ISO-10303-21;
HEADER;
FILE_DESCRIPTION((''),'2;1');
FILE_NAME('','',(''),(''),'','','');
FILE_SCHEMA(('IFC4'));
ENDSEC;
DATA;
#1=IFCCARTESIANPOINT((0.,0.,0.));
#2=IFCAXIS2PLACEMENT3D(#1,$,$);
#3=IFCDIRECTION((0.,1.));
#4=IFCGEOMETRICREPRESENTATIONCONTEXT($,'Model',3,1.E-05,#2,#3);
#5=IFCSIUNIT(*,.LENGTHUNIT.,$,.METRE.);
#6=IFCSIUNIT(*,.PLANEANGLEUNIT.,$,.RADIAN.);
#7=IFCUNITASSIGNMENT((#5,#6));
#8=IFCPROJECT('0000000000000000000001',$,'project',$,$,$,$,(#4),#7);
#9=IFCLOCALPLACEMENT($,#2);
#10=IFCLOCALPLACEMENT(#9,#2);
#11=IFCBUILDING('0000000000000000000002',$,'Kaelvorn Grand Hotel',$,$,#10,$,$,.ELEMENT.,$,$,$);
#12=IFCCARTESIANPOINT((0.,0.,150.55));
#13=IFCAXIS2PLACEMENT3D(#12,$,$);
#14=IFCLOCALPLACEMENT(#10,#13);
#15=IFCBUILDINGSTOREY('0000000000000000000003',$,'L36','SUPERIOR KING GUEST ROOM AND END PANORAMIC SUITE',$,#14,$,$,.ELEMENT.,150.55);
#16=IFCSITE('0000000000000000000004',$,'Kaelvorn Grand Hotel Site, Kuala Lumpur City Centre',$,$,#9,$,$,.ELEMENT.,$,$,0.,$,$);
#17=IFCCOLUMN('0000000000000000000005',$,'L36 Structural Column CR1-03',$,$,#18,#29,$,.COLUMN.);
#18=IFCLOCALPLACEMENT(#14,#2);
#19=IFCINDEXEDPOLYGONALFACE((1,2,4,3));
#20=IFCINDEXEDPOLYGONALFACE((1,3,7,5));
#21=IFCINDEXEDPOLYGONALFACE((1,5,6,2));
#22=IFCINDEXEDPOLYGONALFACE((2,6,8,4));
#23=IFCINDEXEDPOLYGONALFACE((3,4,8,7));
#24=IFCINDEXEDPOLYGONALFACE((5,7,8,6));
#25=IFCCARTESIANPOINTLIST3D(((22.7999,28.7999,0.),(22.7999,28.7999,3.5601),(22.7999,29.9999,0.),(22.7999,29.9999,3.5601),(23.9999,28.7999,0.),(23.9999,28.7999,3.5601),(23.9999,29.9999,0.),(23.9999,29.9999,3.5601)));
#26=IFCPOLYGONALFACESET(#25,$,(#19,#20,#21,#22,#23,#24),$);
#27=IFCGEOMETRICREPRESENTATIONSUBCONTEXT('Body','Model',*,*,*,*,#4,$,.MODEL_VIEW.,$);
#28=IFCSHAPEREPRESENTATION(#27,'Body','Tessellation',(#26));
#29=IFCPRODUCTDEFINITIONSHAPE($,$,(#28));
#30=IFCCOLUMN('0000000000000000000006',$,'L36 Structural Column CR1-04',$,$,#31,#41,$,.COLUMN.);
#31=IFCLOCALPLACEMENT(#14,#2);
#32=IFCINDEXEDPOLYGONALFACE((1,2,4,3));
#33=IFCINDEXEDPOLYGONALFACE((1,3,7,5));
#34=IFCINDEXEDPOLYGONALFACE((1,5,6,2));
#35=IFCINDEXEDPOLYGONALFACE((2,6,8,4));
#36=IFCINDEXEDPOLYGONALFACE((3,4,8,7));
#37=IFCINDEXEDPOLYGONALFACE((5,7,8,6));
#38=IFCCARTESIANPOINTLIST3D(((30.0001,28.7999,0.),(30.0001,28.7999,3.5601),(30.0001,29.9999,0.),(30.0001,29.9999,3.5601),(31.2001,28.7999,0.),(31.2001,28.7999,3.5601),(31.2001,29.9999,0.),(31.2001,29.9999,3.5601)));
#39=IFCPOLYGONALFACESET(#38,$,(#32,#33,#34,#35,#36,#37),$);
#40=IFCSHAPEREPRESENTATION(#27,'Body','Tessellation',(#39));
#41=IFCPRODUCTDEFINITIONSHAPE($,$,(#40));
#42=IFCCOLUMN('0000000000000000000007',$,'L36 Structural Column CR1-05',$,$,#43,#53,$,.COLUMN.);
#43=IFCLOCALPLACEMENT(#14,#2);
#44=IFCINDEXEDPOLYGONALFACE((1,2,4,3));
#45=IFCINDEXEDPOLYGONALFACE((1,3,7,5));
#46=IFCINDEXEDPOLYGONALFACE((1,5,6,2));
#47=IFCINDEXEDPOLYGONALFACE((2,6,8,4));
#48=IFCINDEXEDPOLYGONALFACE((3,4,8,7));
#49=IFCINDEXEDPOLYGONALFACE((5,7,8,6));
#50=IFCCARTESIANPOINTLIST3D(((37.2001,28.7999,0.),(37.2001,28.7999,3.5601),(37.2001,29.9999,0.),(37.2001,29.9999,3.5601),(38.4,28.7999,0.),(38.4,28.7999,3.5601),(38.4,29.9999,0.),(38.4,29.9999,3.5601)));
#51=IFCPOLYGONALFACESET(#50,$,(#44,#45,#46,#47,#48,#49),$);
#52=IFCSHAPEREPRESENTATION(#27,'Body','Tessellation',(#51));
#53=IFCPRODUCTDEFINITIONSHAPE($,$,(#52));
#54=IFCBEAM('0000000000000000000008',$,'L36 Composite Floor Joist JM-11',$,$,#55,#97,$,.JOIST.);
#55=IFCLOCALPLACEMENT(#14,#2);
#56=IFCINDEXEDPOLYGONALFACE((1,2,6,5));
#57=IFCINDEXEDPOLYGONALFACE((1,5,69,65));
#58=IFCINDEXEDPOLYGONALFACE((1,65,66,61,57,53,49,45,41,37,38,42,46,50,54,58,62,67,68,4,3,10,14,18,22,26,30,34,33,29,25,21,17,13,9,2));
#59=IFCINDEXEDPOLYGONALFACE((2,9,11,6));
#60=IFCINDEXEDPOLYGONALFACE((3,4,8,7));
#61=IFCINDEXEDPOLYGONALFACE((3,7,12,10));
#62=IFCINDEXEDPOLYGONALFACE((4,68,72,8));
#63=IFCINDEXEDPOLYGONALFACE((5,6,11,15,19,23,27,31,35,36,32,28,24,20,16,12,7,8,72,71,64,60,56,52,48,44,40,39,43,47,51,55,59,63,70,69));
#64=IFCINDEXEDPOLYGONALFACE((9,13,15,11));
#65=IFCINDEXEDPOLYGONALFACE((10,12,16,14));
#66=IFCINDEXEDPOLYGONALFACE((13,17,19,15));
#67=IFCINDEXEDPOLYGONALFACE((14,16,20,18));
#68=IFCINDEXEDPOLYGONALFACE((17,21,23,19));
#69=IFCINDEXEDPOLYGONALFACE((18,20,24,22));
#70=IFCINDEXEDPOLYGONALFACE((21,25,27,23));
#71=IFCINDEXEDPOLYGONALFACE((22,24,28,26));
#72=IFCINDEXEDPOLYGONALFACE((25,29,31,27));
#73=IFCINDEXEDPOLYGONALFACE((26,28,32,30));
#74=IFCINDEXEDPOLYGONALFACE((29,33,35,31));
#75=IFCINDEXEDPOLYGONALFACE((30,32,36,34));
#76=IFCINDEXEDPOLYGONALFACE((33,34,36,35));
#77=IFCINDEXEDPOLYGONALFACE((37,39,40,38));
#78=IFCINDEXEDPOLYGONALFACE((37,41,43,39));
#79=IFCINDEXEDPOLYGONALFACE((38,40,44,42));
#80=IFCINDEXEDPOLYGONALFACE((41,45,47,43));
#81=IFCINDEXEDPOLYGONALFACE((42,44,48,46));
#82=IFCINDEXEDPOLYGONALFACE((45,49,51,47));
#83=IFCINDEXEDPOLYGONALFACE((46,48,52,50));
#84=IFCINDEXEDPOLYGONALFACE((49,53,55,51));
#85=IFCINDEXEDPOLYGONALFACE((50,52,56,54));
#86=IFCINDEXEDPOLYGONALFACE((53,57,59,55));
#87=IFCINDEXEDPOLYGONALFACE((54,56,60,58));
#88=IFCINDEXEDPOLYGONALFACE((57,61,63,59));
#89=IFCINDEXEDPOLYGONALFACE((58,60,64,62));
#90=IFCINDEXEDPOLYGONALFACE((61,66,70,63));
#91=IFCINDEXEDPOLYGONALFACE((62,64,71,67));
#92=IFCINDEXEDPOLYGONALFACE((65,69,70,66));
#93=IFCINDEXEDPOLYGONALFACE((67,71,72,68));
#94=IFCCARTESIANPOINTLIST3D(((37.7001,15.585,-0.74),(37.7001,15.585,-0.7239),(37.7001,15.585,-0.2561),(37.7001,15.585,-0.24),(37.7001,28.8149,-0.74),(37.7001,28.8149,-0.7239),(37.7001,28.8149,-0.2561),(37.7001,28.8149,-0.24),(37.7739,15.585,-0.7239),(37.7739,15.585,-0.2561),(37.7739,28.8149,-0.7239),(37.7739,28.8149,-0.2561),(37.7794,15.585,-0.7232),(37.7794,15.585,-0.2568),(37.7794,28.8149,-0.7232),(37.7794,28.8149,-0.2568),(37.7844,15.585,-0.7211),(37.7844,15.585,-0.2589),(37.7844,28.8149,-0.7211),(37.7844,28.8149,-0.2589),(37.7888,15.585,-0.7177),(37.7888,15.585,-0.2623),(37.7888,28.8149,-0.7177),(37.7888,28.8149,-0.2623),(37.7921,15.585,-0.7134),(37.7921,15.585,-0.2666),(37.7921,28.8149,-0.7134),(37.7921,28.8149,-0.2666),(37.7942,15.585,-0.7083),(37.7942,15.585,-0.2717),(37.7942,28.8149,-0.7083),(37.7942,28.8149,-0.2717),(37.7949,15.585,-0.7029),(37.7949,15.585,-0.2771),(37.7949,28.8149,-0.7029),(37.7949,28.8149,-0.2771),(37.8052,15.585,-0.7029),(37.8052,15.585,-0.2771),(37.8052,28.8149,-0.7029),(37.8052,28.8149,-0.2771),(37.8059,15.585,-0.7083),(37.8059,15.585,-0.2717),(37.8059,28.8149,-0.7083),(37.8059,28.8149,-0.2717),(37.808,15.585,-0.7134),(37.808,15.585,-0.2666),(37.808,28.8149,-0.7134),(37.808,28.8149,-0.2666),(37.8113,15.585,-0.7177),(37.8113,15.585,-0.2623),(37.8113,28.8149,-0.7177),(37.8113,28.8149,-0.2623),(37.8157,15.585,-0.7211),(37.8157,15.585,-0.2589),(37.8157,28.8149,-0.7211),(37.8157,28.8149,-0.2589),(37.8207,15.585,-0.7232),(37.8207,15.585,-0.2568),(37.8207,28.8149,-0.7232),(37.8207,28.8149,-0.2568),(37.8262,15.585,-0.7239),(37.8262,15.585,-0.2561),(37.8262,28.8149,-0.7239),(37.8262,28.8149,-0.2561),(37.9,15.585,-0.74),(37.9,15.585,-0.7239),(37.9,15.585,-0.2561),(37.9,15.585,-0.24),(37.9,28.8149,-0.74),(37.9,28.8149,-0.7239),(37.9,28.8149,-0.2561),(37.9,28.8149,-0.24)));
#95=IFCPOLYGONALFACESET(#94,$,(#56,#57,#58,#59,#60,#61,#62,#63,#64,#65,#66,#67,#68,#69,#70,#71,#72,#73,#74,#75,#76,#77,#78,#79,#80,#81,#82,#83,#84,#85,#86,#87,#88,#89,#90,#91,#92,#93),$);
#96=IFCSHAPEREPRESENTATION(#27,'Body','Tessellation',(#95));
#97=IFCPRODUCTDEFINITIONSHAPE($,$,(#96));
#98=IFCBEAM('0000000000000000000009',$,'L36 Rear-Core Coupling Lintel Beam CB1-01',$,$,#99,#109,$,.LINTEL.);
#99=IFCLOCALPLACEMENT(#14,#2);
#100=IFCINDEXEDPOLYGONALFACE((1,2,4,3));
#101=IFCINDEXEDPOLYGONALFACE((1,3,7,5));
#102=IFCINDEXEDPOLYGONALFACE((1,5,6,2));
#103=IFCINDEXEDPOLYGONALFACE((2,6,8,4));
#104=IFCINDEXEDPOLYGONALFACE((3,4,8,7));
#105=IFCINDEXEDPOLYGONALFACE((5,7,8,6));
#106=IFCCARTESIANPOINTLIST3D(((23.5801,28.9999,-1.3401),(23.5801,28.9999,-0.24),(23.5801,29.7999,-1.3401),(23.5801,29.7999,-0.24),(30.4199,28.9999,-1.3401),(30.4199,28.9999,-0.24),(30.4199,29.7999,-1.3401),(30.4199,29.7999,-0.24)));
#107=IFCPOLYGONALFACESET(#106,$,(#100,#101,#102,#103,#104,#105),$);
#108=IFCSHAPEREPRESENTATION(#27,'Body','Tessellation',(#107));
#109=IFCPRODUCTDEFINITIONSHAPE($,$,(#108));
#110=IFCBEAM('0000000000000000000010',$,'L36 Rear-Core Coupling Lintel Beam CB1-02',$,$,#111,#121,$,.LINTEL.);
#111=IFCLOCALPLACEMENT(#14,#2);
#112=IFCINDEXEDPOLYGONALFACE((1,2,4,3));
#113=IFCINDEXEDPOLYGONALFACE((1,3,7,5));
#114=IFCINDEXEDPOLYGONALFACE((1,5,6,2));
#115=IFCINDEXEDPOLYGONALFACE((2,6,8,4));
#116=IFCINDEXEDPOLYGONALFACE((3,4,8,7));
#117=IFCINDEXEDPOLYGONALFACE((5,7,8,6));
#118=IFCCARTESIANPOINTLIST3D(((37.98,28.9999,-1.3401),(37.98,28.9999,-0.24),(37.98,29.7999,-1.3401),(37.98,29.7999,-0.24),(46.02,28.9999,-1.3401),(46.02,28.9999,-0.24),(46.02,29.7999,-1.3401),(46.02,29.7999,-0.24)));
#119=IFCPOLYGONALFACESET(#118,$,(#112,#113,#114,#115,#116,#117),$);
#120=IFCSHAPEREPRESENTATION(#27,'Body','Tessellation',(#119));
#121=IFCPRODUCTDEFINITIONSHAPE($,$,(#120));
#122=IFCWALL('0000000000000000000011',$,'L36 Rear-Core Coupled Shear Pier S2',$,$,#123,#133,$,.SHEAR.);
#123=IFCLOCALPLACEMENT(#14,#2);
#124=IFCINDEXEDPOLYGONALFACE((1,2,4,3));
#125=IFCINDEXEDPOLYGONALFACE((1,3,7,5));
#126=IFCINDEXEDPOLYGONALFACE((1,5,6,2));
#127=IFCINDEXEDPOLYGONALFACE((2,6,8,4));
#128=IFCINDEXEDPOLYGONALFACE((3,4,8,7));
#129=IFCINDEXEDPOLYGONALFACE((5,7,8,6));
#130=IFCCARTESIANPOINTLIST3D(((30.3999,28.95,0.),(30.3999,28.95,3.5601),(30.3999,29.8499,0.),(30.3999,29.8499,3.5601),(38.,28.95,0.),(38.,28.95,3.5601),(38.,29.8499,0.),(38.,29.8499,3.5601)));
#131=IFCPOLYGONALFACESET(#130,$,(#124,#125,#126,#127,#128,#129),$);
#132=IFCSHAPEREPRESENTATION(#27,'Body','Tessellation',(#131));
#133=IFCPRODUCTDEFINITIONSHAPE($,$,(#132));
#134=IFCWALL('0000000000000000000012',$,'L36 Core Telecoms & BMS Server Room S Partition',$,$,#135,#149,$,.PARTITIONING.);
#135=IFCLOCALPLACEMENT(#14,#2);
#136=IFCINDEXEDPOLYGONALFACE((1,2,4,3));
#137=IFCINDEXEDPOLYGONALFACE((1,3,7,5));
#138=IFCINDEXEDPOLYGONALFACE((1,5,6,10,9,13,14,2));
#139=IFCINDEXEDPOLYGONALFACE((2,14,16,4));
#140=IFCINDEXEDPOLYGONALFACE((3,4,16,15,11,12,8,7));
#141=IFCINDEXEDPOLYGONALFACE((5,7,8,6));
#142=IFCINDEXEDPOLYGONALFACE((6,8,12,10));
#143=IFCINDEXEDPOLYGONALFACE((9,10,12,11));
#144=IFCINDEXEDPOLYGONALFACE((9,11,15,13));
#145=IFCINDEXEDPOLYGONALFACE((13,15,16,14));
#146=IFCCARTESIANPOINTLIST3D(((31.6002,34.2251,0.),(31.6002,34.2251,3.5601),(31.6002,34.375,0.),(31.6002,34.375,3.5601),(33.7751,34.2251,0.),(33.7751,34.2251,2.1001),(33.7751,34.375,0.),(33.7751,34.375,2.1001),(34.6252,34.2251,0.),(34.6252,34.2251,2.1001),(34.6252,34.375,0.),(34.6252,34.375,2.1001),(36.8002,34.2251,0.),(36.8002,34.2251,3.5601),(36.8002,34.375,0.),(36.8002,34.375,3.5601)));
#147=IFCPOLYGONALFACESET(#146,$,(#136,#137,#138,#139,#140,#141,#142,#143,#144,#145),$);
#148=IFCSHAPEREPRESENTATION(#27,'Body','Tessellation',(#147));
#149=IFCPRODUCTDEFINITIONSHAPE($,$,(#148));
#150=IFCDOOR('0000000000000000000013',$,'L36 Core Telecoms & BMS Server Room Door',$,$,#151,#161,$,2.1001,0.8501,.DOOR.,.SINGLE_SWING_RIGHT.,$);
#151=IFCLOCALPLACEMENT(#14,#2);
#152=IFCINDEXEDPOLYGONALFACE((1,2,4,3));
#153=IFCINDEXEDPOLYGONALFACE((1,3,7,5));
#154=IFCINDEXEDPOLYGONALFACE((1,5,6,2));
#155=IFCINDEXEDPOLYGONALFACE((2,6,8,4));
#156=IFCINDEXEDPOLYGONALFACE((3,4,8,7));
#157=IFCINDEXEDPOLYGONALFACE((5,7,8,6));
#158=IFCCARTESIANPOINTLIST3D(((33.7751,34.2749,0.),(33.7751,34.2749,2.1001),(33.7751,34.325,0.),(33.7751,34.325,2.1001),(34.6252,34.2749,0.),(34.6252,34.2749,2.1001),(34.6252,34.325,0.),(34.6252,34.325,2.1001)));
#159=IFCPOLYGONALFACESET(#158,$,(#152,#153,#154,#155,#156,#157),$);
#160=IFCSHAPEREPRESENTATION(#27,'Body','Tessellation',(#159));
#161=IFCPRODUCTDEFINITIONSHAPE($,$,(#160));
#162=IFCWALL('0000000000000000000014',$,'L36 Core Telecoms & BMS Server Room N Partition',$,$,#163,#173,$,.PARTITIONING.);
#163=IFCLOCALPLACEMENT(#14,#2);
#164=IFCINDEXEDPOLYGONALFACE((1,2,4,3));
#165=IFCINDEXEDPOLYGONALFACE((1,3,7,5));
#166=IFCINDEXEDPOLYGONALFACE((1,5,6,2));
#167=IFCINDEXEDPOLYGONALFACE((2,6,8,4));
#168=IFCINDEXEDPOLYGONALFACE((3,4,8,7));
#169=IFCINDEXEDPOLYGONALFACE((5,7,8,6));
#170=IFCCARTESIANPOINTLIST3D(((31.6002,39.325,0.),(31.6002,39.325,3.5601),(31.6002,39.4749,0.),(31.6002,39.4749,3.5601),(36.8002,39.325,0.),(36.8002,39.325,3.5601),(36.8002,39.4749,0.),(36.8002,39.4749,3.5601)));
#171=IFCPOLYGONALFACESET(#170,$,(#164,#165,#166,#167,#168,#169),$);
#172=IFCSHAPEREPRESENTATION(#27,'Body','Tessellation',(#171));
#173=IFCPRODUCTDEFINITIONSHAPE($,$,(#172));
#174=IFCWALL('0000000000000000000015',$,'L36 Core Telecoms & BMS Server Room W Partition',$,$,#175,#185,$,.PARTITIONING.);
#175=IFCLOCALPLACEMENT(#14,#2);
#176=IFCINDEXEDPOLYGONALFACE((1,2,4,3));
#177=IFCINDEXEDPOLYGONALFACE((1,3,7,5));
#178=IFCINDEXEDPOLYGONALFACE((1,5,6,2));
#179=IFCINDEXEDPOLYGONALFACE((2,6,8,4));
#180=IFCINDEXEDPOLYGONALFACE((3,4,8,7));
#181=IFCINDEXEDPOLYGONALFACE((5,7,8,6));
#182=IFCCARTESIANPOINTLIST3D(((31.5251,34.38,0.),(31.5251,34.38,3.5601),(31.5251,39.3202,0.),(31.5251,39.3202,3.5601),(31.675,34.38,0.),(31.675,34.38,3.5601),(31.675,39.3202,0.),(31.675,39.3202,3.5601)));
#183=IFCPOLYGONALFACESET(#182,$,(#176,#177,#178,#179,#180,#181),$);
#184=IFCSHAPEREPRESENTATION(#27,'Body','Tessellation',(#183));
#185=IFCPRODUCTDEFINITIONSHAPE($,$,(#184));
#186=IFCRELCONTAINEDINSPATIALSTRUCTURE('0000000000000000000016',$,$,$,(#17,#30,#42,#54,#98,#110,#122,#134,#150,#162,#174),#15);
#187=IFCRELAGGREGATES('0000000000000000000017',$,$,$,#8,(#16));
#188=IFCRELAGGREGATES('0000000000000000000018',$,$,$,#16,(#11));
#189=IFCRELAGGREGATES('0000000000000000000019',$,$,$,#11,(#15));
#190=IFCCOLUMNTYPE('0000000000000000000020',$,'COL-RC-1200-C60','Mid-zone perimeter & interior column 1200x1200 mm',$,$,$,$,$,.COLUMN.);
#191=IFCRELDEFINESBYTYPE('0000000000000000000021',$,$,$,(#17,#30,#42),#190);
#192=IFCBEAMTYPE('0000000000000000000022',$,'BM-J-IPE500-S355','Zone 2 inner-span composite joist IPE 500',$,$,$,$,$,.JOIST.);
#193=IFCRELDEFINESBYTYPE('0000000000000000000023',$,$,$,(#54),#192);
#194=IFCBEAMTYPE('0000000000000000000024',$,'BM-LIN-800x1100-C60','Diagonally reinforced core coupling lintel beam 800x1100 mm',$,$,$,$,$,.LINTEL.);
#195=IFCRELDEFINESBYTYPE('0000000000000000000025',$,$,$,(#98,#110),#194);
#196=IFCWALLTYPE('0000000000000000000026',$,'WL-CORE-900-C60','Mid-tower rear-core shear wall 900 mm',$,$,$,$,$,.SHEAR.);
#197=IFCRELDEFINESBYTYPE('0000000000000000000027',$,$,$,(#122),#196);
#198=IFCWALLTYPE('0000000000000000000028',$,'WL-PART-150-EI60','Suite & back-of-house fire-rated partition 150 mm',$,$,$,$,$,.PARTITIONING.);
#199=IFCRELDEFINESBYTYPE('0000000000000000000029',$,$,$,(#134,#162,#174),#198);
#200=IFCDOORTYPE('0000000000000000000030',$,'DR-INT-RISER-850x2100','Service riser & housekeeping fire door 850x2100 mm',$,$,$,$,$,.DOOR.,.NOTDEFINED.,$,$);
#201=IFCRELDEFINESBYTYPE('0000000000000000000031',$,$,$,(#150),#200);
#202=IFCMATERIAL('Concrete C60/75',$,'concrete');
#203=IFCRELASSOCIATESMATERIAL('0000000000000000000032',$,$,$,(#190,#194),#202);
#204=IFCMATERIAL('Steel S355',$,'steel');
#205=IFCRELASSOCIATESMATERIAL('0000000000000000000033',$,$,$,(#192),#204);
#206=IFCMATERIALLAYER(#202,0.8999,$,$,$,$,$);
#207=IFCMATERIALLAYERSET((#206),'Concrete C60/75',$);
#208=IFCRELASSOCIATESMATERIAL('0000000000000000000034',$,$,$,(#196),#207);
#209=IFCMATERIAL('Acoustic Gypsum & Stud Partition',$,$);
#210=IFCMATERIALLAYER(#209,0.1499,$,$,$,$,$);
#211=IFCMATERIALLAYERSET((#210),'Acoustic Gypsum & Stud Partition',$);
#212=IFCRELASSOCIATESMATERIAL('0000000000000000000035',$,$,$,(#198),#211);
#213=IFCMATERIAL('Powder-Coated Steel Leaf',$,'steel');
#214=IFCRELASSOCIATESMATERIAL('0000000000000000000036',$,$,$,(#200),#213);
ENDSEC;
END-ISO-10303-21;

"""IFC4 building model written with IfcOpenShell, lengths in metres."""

from ifc_helpers import new_model, si_unit, direction, frame, frame_2d, origin, origin_2d, place, context, subcontext, project, spatial, rectangle, i_section, extrude, material, layer, layer_set, material_profile, profile_set, type_object, element, fill, save


model = new_model("IFC4")

# Units and contexts
model_context = context("Model", 3, precision=1e-05, world=origin(), true_north=direction((0.0, 1.0)))
body_context = subcontext(model_context, "Body", "Model", "MODEL_VIEW")
ifc_project = project(units=[si_unit("LENGTHUNIT", "METRE"), si_unit("PLANEANGLEUNIT", "RADIAN")], contexts=[model_context])

# Site, building, storey
site_placement = place(None, origin())
site = spatial("IfcSite", under=ifc_project, at=site_placement, Name="Kaelvorn Grand Hotel Site, Kuala Lumpur City Centre", CompositionType="ELEMENT", RefElevation=0.0)
building_placement = place(site_placement, origin())
building = spatial("IfcBuilding", under=site, at=building_placement, Name="Kaelvorn Grand Hotel", CompositionType="ELEMENT")
storey_placement = place(building_placement, frame((0.0, 0.0, 150.55)))
storey = spatial("IfcBuildingStorey", under=building, at=storey_placement, Name="L36", Description="SUPERIOR KING GUEST ROOM AND END PANORAMIC SUITE", CompositionType="ELEMENT", Elevation=150.55)

# Columns
ifc_material_1 = material(Name="Concrete C60/75", Category="concrete")
ifc_material_profile_1 = material_profile(ifc_material_1, rectangle(XDim=1.2, YDim=1.2, at=origin_2d()), Name="RC COL 1200x1200")
ifc_profile_set_1 = profile_set([ifc_material_profile_1], Name="Concrete C60/75")
column_type = type_object("IfcColumnType", Name="COL-RC-1200-C60", Description="Mid-zone perimeter & interior column 1200x1200 mm", PredefinedType="COLUMN", material=ifc_profile_set_1)
for number, where, z_axis, x_axis, name in (
    (1, (23.3999, 29.3999, 0.0), (0.0, 0.0, 1.0), (1.0, 0.0, 0.0), "L36 Structural Column CR1-03"),
    (2, (30.6001, 29.3999, 0.0), (0.0, 0.0, 1.0), (1.0, 0.0, 0.0), "L36 Structural Column CR1-04"),
    (3, (37.8, 29.3999, 0.0), (0.0, 0.0, 1.0), (1.0, 0.0, 0.0), "L36 Structural Column CR1-05"),
):
    element("IfcColumn", number, at=place(storey_placement, frame(where, z_axis=z_axis, x_axis=x_axis)), inside=storey, type_object=column_type, Name=name, PredefinedType="COLUMN", context=body_context, shape_type="SweptSolid", body=[
        extrude(rectangle(XDim=1.2, YDim=1.2, at=origin_2d()), origin(), (0.0, 0.0, 1.0), 3.5601),
    ])

# Beams
ifc_material_2 = material(Name="Steel S355", Category="steel")
ifc_material_profile_2 = material_profile(ifc_material_2, i_section(OverallWidth=0.2, OverallDepth=0.5, WebThickness=0.0103, FlangeThickness=0.0161, FilletRadius=0.021, at=origin_2d()), Name="IPE 500")
ifc_profile_set_2 = profile_set([ifc_material_profile_2], Name="Steel S355")
beam_type_1 = type_object("IfcBeamType", Name="BM-J-IPE500-S355", Description="Zone 2 inner-span composite joist IPE 500", PredefinedType="JOIST", material=ifc_profile_set_2)
beam_1_placement = place(storey_placement, frame((37.8, 15.585, -0.49), z_axis=(0.0, 1.0, 0.0), x_axis=(-1.0, 0.0, 0.0)))
element("IfcBeam", 4, at=beam_1_placement, inside=storey, type_object=beam_type_1, Name="L36 Composite Floor Joist JM-11", PredefinedType="JOIST", context=body_context, shape_type="SweptSolid", body=[
    extrude(i_section(OverallWidth=0.2, OverallDepth=0.5, WebThickness=0.0103, FlangeThickness=0.0161, FilletRadius=0.021, at=origin_2d()), origin(), (0.0, 0.0, 1.0), 13.23),
])
ifc_material_profile_3 = material_profile(ifc_material_1, rectangle(XDim=0.8, YDim=1.1001, at=origin_2d()), Name="RC LINTEL 800x1100")
ifc_profile_set_3 = profile_set([ifc_material_profile_3], Name="Concrete C60/75")
beam_type_2 = type_object("IfcBeamType", Name="BM-LIN-800x1100-C60", Description="Diagonally reinforced core coupling lintel beam 800x1100 mm", PredefinedType="LINTEL", material=ifc_profile_set_3)
beam_2_placement = place(storey_placement, frame((23.5801, 29.3999, -0.79), z_axis=(1.0, 0.0, 0.0), x_axis=(0.0, 1.0, 0.0)))
element("IfcBeam", 5, at=beam_2_placement, inside=storey, type_object=beam_type_2, Name="L36 Rear-Core Coupling Lintel Beam CB1-01", PredefinedType="LINTEL", context=body_context, shape_type="SweptSolid", body=[
    extrude(rectangle(XDim=0.8, YDim=1.1001, at=origin_2d()), origin(), (0.0, 0.0, 1.0), 6.8398),
])
beam_3_placement = place(storey_placement, frame((37.98, 29.3999, -0.79), z_axis=(1.0, 0.0, 0.0), x_axis=(0.0, 1.0, 0.0)))
element("IfcBeam", 6, at=beam_3_placement, inside=storey, type_object=beam_type_2, Name="L36 Rear-Core Coupling Lintel Beam CB1-02", PredefinedType="LINTEL", context=body_context, shape_type="SweptSolid", body=[
    extrude(rectangle(XDim=0.8, YDim=1.1001, at=origin_2d()), origin(), (0.0, 0.0, 1.0), 8.04),
])

# Wall
ifc_layer_1 = layer(ifc_material_1, 0.8999)
ifc_layer_set_1 = layer_set([ifc_layer_1], Name="Concrete C60/75")
wall_type_1 = type_object("IfcWallType", Name="WL-CORE-900-C60", Description="Mid-tower rear-core shear wall 900 mm", PredefinedType="SHEAR", material=ifc_layer_set_1)
wall_1_placement = place(storey_placement, frame((30.3999, 29.3999, 0.0), z_axis=(0.0, 0.0, 1.0), x_axis=(1.0, 0.0, 0.0)))
element("IfcWall", 7, at=wall_1_placement, inside=storey, type_object=wall_type_1, Name="L36 Rear-Core Coupled Shear Pier S2", PredefinedType="SHEAR", context=body_context, shape_type="SweptSolid", body=[
    extrude(rectangle(XDim=7.6001, YDim=0.8999, at=frame_2d((3.8, 0.0))), origin(), (0.0, 0.0, 1.0), 3.5601),
])

# Wall, opening, door
ifc_material_3 = material(Name="Acoustic Gypsum & Stud Partition")
ifc_layer_2 = layer(ifc_material_3, 0.1499)
ifc_layer_set_2 = layer_set([ifc_layer_2], Name="Acoustic Gypsum & Stud Partition")
wall_type_2 = type_object("IfcWallType", Name="WL-PART-150-EI60", Description="Suite & back-of-house fire-rated partition 150 mm", PredefinedType="PARTITIONING", material=ifc_layer_set_2)
wall_2_placement = place(storey_placement, frame((31.6001, 34.3, 0.0), z_axis=(0.0, 0.0, 1.0), x_axis=(1.0, 0.0, 0.0)))
wall_2 = element("IfcWall", 8, at=wall_2_placement, inside=storey, type_object=wall_type_2, Name="L36 Core Telecoms & BMS Server Room S Partition", PredefinedType="PARTITIONING", context=body_context, shape_type="SweptSolid", body=[
    extrude(rectangle(XDim=5.2, YDim=0.1499, at=frame_2d((2.6001, 0.0))), origin(), (0.0, 0.0, 1.0), 3.5601),
])
opening_1_placement = place(wall_2_placement, frame((2.175, 0.0, 0.0)))
opening_1 = element("IfcOpeningElement", 9, at=opening_1_placement, cuts=wall_2, PredefinedType="OPENING", context=body_context, shape_type="SweptSolid", body=[
    extrude(rectangle(XDim=0.8501, YDim=2.1001, at=frame_2d((0.425, 1.05))), frame((0.0, 0.085, 0.0), z_axis=(0.0, -1.0, 0.0), x_axis=(1.0, 0.0, 0.0)), (0.0, 0.0, 1.0), 0.1699),
])
ifc_material_4 = material(Name="Powder-Coated Steel Leaf", Category="steel")
door_type_1 = type_object("IfcDoorType", Name="DR-INT-RISER-850x2100", Description="Service riser & housekeeping fire door 850x2100 mm", OperationType="NOTDEFINED", PredefinedType="DOOR", material=ifc_material_4)
door_1_placement = place(opening_1_placement, origin())
door_1 = element("IfcDoor", 10, at=door_1_placement, inside=storey, type_object=door_type_1, Name="L36 Core Telecoms & BMS Server Room Door", OperationType="SINGLE_SWING_RIGHT", OverallHeight=2.1001, OverallWidth=0.8501, PredefinedType="DOOR", context=body_context, shape_type="SweptSolid", body=[
    extrude(rectangle(XDim=0.8501, YDim=2.1001, at=frame_2d((0.425, 1.05))), frame((0.0, 0.0249, 0.0), z_axis=(0.0, -1.0, 0.0), x_axis=(1.0, 0.0, 0.0)), (0.0, 0.0, 1.0), 0.05),
])
fill(opening_1, door_1)

# Walls
wall_3_placement = place(storey_placement, frame((31.6001, 39.3999, 0.0), z_axis=(0.0, 0.0, 1.0), x_axis=(1.0, 0.0, 0.0)))
element("IfcWall", 11, at=wall_3_placement, inside=storey, type_object=wall_type_2, Name="L36 Core Telecoms & BMS Server Room N Partition", PredefinedType="PARTITIONING", context=body_context, shape_type="SweptSolid", body=[
    extrude(rectangle(XDim=5.2, YDim=0.1499, at=frame_2d((2.6001, 0.0))), origin(), (0.0, 0.0, 1.0), 3.5601),
])
for number, where, z_axis, x_axis, name in (
    (12, (31.6001, 34.3799, 0.0), (0.0, 0.0, 1.0), (0.0, 1.0, 0.0), "L36 Core Telecoms & BMS Server Room W Partition"),
):
    element("IfcWall", number, at=place(storey_placement, frame(where, z_axis=z_axis, x_axis=x_axis)), inside=storey, type_object=wall_type_2, Name=name, PredefinedType="PARTITIONING", context=body_context, shape_type="SweptSolid", body=[
        extrude(rectangle(XDim=4.9402, YDim=0.1499, at=frame_2d((2.4702, 0.0))), origin(), (0.0, 0.0, 1.0), 3.5601),
    ])

save(model, "model.ifc")
